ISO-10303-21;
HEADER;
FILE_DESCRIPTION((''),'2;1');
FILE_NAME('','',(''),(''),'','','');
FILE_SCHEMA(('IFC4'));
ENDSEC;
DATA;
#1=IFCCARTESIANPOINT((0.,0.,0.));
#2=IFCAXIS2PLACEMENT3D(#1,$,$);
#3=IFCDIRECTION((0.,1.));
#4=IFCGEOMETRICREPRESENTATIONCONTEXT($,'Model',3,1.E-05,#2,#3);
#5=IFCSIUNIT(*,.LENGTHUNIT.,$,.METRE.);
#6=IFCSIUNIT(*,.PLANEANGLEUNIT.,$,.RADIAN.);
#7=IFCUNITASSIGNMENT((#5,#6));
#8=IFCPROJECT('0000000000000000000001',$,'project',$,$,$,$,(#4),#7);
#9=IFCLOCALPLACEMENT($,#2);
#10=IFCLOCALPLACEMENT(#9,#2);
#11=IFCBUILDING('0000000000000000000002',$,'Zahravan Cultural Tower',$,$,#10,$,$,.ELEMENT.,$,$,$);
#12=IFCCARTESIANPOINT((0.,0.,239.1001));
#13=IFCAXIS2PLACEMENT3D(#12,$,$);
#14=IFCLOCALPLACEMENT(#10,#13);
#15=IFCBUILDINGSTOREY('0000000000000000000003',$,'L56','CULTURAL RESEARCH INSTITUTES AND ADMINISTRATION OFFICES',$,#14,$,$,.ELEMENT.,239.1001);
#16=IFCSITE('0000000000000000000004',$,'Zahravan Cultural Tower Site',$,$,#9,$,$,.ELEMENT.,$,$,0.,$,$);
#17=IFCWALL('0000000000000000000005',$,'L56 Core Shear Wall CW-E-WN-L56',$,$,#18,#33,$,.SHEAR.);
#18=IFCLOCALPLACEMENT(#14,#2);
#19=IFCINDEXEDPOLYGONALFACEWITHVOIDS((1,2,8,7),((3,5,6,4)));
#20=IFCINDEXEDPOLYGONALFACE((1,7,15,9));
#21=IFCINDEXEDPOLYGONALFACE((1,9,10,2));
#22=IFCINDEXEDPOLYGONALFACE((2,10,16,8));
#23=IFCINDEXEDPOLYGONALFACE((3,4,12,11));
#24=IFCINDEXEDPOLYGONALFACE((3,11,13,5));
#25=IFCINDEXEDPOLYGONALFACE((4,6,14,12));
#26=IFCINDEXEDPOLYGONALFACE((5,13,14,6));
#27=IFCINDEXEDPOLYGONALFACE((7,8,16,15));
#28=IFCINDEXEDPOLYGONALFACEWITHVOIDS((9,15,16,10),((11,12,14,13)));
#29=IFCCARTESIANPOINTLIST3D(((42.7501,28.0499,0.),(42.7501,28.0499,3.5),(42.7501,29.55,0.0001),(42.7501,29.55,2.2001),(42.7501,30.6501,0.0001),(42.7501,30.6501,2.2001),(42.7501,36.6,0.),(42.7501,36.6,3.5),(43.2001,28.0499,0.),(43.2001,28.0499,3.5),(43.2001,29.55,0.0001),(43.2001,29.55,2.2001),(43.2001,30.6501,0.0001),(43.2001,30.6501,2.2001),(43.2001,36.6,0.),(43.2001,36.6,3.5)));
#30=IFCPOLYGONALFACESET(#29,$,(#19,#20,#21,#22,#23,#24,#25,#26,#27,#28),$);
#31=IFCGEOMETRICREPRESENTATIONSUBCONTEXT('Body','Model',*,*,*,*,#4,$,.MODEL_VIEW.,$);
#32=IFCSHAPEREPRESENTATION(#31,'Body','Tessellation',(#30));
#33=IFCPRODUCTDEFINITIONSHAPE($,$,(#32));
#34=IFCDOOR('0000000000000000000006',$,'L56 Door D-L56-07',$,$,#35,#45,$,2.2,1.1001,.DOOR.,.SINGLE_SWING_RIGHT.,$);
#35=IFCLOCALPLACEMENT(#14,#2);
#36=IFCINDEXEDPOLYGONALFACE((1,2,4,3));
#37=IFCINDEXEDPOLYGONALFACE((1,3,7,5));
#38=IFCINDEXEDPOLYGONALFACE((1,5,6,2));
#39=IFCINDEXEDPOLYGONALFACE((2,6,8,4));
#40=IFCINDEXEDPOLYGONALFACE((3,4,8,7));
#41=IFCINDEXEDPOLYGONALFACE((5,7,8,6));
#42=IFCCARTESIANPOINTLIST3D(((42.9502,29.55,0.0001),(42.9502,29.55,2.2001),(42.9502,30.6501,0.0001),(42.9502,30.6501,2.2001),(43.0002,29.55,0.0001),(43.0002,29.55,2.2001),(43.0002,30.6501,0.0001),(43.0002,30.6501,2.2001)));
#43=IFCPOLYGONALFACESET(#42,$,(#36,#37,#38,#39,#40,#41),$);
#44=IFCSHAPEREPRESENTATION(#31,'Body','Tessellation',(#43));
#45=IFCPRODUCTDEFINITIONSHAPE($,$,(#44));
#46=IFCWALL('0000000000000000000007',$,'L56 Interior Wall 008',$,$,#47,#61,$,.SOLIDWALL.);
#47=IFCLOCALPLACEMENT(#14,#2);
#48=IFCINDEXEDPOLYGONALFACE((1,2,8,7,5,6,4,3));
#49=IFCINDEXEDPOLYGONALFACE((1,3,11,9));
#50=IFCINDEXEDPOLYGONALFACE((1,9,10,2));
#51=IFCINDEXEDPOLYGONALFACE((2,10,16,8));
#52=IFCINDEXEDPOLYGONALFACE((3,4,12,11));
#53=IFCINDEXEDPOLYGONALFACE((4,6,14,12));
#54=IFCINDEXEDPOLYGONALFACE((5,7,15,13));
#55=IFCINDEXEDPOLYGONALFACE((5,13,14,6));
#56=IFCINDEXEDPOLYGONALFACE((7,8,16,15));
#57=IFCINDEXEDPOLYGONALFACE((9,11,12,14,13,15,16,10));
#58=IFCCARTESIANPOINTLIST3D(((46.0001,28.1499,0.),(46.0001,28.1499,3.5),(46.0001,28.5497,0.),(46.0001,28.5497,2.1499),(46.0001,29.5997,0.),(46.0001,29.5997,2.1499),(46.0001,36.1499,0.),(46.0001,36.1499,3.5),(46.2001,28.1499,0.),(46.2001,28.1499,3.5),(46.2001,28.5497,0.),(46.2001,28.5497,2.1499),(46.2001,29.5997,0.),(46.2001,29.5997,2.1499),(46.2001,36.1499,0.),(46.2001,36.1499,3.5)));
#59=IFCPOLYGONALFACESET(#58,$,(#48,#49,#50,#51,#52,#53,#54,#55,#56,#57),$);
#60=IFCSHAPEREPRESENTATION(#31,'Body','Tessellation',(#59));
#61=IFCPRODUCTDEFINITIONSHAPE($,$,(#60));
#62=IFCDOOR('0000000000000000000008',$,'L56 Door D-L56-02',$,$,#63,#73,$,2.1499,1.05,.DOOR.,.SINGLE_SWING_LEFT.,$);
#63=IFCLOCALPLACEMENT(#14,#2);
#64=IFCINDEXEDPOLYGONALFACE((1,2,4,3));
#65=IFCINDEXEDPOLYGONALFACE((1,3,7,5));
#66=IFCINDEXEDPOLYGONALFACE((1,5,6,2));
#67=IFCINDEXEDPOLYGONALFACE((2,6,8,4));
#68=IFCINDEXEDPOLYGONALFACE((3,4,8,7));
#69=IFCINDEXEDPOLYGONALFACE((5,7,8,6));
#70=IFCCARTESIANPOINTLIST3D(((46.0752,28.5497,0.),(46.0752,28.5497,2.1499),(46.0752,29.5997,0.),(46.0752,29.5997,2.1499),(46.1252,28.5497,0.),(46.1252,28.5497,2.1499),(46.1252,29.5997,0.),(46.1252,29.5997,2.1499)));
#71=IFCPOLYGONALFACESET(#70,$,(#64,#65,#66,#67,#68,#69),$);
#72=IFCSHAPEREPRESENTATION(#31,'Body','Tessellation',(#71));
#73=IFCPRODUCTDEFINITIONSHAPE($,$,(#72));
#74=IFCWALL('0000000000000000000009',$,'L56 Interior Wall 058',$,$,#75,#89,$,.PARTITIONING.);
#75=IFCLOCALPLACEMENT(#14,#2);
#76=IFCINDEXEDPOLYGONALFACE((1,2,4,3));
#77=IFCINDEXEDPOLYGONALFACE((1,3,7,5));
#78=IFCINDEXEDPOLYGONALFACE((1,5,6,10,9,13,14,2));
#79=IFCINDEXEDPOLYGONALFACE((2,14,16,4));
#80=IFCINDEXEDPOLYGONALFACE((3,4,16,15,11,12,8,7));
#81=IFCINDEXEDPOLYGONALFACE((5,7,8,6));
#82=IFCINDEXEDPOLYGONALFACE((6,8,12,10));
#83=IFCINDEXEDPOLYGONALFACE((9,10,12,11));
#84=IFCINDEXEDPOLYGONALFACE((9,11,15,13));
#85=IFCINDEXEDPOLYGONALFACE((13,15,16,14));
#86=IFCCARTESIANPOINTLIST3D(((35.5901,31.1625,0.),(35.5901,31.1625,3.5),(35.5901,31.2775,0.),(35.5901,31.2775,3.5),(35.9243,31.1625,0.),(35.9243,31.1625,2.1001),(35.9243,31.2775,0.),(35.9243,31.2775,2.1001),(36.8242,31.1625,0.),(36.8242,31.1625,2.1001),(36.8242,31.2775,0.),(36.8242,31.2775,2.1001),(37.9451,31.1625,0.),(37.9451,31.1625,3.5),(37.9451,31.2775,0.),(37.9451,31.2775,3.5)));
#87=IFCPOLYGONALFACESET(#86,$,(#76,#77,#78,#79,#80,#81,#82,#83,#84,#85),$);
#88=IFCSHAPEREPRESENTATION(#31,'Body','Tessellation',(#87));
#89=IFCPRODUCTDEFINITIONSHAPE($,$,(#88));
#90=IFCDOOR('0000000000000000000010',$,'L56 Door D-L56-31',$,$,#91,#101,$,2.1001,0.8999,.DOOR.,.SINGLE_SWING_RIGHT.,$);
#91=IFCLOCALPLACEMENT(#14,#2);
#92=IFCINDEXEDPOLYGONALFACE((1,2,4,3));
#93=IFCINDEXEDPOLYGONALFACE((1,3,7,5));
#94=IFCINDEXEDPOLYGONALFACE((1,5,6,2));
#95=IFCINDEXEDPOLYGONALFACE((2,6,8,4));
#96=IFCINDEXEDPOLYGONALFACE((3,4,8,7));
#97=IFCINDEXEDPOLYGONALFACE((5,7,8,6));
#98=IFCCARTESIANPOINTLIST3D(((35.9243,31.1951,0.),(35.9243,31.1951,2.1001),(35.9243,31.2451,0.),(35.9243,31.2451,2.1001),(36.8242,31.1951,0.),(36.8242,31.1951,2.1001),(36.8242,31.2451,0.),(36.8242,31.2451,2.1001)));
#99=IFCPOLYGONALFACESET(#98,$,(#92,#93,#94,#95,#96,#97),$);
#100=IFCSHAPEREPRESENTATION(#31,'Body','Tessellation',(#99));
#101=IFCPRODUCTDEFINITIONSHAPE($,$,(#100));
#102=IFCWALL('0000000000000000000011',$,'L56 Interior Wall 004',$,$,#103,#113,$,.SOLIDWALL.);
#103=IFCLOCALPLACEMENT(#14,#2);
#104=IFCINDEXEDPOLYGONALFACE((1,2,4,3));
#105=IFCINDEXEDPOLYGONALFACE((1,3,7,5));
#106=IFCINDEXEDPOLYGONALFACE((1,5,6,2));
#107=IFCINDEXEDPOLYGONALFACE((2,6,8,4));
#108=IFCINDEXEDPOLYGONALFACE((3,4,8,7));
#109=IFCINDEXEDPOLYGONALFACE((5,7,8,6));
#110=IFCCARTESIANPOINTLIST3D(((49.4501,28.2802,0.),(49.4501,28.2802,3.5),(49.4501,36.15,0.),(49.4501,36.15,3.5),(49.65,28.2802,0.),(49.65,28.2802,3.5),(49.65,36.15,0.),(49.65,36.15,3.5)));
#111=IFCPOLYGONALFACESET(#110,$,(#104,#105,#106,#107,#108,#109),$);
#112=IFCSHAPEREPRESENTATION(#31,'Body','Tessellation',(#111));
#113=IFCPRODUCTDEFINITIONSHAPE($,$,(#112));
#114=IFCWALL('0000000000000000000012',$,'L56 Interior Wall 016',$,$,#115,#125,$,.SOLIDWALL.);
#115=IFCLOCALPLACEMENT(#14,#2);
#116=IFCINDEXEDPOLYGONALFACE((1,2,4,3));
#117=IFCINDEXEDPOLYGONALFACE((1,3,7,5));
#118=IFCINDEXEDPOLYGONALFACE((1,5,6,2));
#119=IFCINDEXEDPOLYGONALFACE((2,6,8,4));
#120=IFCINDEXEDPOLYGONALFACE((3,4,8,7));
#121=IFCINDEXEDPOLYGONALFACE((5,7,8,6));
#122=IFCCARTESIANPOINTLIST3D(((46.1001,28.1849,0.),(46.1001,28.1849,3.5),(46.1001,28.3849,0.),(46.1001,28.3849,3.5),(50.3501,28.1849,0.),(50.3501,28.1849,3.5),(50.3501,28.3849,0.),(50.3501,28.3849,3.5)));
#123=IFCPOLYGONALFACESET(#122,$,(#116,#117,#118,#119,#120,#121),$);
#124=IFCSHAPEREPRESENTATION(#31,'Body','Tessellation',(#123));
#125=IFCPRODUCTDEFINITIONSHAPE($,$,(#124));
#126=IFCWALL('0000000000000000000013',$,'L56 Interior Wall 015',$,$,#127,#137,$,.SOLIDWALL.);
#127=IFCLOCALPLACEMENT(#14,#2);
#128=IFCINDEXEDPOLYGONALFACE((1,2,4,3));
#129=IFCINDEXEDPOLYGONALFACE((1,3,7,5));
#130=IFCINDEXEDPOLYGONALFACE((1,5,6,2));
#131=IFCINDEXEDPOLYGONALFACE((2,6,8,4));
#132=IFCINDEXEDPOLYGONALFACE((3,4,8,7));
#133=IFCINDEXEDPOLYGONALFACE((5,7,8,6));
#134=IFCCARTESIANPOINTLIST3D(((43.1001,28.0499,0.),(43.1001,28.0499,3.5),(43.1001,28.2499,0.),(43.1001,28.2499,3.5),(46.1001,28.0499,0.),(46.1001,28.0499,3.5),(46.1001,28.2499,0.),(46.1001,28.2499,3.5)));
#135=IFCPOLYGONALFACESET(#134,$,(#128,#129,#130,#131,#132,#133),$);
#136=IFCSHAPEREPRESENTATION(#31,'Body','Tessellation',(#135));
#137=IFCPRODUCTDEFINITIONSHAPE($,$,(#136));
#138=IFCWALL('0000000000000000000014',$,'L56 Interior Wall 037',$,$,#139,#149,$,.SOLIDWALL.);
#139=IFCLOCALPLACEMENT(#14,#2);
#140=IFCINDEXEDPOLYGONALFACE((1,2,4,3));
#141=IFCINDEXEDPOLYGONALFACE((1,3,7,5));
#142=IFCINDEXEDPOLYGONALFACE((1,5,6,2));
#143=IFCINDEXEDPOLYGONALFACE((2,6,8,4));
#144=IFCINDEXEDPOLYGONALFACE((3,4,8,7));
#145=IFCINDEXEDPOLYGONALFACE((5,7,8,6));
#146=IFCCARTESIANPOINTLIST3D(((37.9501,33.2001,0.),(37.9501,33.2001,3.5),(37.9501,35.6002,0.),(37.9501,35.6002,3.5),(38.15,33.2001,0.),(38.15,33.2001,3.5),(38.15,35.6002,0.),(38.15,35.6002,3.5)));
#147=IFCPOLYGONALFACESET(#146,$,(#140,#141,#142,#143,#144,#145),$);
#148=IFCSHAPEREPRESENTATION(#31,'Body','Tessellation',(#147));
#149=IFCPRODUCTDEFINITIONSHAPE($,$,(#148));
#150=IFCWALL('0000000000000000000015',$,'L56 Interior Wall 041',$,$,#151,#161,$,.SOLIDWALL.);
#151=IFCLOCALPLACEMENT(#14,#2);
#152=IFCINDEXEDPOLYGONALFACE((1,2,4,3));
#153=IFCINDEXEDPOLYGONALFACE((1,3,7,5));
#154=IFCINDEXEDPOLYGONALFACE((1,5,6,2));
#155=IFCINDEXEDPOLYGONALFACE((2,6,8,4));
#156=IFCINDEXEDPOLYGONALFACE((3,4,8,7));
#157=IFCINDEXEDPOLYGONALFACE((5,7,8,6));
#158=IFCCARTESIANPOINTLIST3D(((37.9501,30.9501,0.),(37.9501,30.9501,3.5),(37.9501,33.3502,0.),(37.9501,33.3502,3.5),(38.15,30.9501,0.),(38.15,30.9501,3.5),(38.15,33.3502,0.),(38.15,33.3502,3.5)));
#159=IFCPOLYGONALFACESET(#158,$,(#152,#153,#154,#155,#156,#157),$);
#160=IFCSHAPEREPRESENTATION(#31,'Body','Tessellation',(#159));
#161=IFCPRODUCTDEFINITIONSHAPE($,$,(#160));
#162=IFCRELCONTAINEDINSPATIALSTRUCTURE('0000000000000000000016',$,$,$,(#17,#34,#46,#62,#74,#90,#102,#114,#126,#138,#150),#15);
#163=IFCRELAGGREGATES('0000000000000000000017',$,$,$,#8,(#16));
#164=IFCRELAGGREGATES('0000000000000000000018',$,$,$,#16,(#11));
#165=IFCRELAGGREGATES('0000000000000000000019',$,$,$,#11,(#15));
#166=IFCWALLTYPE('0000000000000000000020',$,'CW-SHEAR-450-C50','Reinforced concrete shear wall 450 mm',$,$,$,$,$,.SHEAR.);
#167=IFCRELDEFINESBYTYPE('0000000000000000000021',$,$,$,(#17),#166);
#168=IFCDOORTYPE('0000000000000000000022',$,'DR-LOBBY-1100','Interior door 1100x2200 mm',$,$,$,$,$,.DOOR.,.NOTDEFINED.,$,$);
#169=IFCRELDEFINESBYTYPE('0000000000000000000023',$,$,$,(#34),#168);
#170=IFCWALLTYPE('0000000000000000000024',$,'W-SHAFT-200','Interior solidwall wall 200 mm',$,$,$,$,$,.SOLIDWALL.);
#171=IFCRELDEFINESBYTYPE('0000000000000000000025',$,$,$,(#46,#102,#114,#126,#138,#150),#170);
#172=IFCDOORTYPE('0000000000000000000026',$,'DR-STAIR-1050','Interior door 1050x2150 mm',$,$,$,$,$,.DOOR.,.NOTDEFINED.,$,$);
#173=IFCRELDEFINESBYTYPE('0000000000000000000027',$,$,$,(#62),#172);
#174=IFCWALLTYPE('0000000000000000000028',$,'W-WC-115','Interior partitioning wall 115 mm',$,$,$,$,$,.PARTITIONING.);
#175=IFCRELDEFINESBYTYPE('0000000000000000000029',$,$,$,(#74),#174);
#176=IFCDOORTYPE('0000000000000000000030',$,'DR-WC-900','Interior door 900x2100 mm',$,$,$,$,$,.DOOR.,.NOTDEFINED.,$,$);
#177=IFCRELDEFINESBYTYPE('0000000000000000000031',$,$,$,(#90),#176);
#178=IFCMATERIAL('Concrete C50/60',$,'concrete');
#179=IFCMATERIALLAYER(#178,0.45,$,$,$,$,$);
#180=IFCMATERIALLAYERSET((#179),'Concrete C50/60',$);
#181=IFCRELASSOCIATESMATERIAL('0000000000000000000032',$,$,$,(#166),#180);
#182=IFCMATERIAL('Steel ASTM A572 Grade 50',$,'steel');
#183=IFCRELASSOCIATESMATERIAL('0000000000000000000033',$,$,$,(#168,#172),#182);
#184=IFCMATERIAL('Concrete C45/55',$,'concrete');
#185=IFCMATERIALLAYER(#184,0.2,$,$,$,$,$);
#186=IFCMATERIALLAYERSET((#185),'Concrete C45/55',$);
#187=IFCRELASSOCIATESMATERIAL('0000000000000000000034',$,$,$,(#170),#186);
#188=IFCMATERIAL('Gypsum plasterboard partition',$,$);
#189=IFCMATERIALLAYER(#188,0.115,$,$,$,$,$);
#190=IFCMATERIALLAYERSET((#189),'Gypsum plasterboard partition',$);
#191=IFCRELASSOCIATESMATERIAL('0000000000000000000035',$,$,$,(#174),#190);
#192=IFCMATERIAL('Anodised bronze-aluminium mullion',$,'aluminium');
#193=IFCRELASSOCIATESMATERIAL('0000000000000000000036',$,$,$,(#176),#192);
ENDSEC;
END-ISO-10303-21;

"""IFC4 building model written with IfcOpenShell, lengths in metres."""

from ifc_helpers import new_model, si_unit, direction, frame, frame_2d, origin, place, context, subcontext, project, spatial, rectangle, extrude, source, transform, mapped, material, layer, layer_set, type_object, element, fill, save


model = new_model("IFC4")

# Units and contexts
model_context = context("Model", 3, precision=1e-05, world=origin(), true_north=direction((0.0, 1.0)))
body_context = subcontext(model_context, "Body", "Model", "MODEL_VIEW")
ifc_project = project(units=[si_unit("LENGTHUNIT", "METRE"), si_unit("PLANEANGLEUNIT", "RADIAN")], contexts=[model_context])

# Site, building, storey
site_placement = place(None, origin())
site = spatial("IfcSite", under=ifc_project, at=site_placement, Name="Zahravan Cultural Tower Site", CompositionType="ELEMENT", RefElevation=0.0)
building_placement = place(site_placement, origin())
building = spatial("IfcBuilding", under=site, at=building_placement, Name="Zahravan Cultural Tower", CompositionType="ELEMENT")
storey_placement = place(building_placement, frame((0.0, 0.0, 239.1001)))
storey = spatial("IfcBuildingStorey", under=building, at=storey_placement, Name="L56", Description="CULTURAL RESEARCH INSTITUTES AND ADMINISTRATION OFFICES", CompositionType="ELEMENT", Elevation=239.1001)

# Walls, openings, doors
ifc_material_1 = material(Name="Concrete C50/60", Category="concrete")
ifc_layer_1 = layer(ifc_material_1, 0.45)
ifc_layer_set_1 = layer_set([ifc_layer_1], Name="Concrete C50/60")
wall_type_1 = type_object("IfcWallType", Name="CW-SHEAR-450-C50", Description="Reinforced concrete shear wall 450 mm", PredefinedType="SHEAR", material=ifc_layer_set_1)
wall_1_placement = place(storey_placement, frame((42.9751, 28.05, 0.0), z_axis=(0.0, 0.0, 1.0), x_axis=(0.0, 1.0, 0.0)))
wall_1 = element("IfcWall", 1, at=wall_1_placement, inside=storey, type_object=wall_type_1, Name="L56 Core Shear Wall CW-E-WN-L56", PredefinedType="SHEAR", context=body_context, shape_type="SweptSolid", body=[
    extrude(rectangle(XDim=8.55, YDim=0.45, at=frame_2d((4.2749, 0.0))), origin(), (0.0, 0.0, 1.0), 3.5),
])
opening_1_placement = place(wall_1_placement, frame((1.5, 0.0, 0.0)))
opening_1 = element("IfcOpeningElement", 2, at=opening_1_placement, cuts=wall_1, PredefinedType="OPENING", context=body_context, shape_type="SweptSolid", body=[
    extrude(rectangle(XDim=1.1001, YDim=2.2, at=frame_2d((0.55, 1.1001))), frame((0.0, 0.2349, 0.0), z_axis=(0.0, -1.0, 0.0), x_axis=(1.0, 0.0, 0.0)), (0.0, 0.0, 1.0), 0.47),
])
ifc_material_2 = material(Name="Steel ASTM A572 Grade 50", Category="steel")
door_type_1 = type_object("IfcDoorType", Name="DR-LOBBY-1100", Description="Interior door 1100x2200 mm", OperationType="NOTDEFINED", PredefinedType="DOOR", material=ifc_material_2)
shared_shape_1 = source(origin(), body_context, "Body", "SweptSolid", [
    extrude(rectangle(XDim=1.1001, YDim=2.2, at=frame_2d((0.55, 1.1001))), frame((0.0, 0.0249, 0.0), z_axis=(0.0, -1.0, 0.0), x_axis=(1.0, 0.0, 0.0)), (0.0, 0.0, 1.0), 0.05),
])
door_1_placement = place(opening_1_placement, origin())
door_1 = element("IfcDoor", 3, at=door_1_placement, inside=storey, type_object=door_type_1, Name="L56 Door D-L56-07", OperationType="SINGLE_SWING_RIGHT", OverallHeight=2.2, OverallWidth=1.1001, PredefinedType="DOOR", context=body_context, shape_type="MappedRepresentation", body=[
    mapped(shared_shape_1, transform((0.0, 0.0, 0.0), x_axis=(1.0, 0.0, 0.0), y_axis=(0.0, 1.0, 0.0), z_axis=(0.0, 0.0, 1.0), scale=1.0)),
])
fill(opening_1, door_1)
ifc_material_3 = material(Name="Concrete C45/55", Category="concrete")
ifc_layer_2 = layer(ifc_material_3, 0.2)
ifc_layer_set_2 = layer_set([ifc_layer_2], Name="Concrete C45/55")
wall_type_2 = type_object("IfcWallType", Name="W-SHAFT-200", Description="Interior solidwall wall 200 mm", PredefinedType="SOLIDWALL", material=ifc_layer_set_2)
wall_2_placement = place(storey_placement, frame((46.1001, 28.1499, 0.0), z_axis=(0.0, 0.0, 1.0), x_axis=(0.0, 1.0, 0.0)))
wall_2 = element("IfcWall", 4, at=wall_2_placement, inside=storey, type_object=wall_type_2, Name="L56 Interior Wall 008", PredefinedType="SOLIDWALL", context=body_context, shape_type="SweptSolid", body=[
    extrude(rectangle(XDim=8.0, YDim=0.2, at=frame_2d((4.0, 0.0))), origin(), (0.0, 0.0, 1.0), 3.5),
])
opening_2_placement = place(wall_2_placement, frame((0.3999, 0.0, 0.0)))
opening_2 = element("IfcOpeningElement", 5, at=opening_2_placement, cuts=wall_2, PredefinedType="OPENING", context=body_context, shape_type="SweptSolid", body=[
    extrude(rectangle(XDim=1.05, YDim=2.1499, at=frame_2d((0.5249, 1.075))), frame((0.0, 0.1099, 0.0), z_axis=(0.0, -1.0, 0.0), x_axis=(1.0, 0.0, 0.0)), (0.0, 0.0, 1.0), 0.22),
])
door_type_2 = type_object("IfcDoorType", Name="DR-STAIR-1050", Description="Interior door 1050x2150 mm", OperationType="NOTDEFINED", PredefinedType="DOOR", material=ifc_material_2)
shared_shape_2 = source(origin(), body_context, "Body", "SweptSolid", [
    extrude(rectangle(XDim=1.05, YDim=2.1499, at=frame_2d((0.5249, 1.075))), frame((0.0, 0.0249, 0.0), z_axis=(0.0, -1.0, 0.0), x_axis=(1.0, 0.0, 0.0)), (0.0, 0.0, 1.0), 0.05),
])
door_2_placement = place(opening_2_placement, origin())
door_2 = element("IfcDoor", 6, at=door_2_placement, inside=storey, type_object=door_type_2, Name="L56 Door D-L56-02", OperationType="SINGLE_SWING_LEFT", OverallHeight=2.1499, OverallWidth=1.05, PredefinedType="DOOR", context=body_context, shape_type="MappedRepresentation", body=[
    mapped(shared_shape_2, transform((0.0, 0.0, 0.0), x_axis=(1.0, 0.0, 0.0), y_axis=(0.0, 1.0, 0.0), z_axis=(0.0, 0.0, 1.0), scale=1.0)),
])
fill(opening_2, door_2)
ifc_material_4 = material(Name="Gypsum plasterboard partition")
ifc_layer_3 = layer(ifc_material_4, 0.115)
ifc_layer_set_3 = layer_set([ifc_layer_3], Name="Gypsum plasterboard partition")
wall_type_3 = type_object("IfcWallType", Name="W-WC-115", Description="Interior partitioning wall 115 mm", PredefinedType="PARTITIONING", material=ifc_layer_set_3)
wall_3_placement = place(storey_placement, frame((37.9451, 31.22, 0.0), z_axis=(0.0, 0.0, 1.0), x_axis=(-1.0, 0.0, 0.0)))
wall_3 = element("IfcWall", 7, at=wall_3_placement, inside=storey, type_object=wall_type_3, Name="L56 Interior Wall 058", PredefinedType="PARTITIONING", context=body_context, shape_type="SweptSolid", body=[
    extrude(rectangle(XDim=2.355, YDim=0.115, at=frame_2d((1.1775, 0.0))), origin(), (0.0, 0.0, 1.0), 3.5),
])
opening_3_placement = place(wall_3_placement, frame((1.1208, 0.0, 0.0)))
opening_3 = element("IfcOpeningElement", 8, at=opening_3_placement, cuts=wall_3, PredefinedType="OPENING", context=body_context, shape_type="SweptSolid", body=[
    extrude(rectangle(XDim=0.8999, YDim=2.1001, at=frame_2d((0.45, 1.05))), frame((0.0, 0.0674, 0.0), z_axis=(0.0, -1.0, 0.0), x_axis=(1.0, 0.0, 0.0)), (0.0, 0.0, 1.0), 0.135),
])
ifc_material_5 = material(Name="Anodised bronze-aluminium mullion", Category="aluminium")
door_type_3 = type_object("IfcDoorType", Name="DR-WC-900", Description="Interior door 900x2100 mm", OperationType="NOTDEFINED", PredefinedType="DOOR", material=ifc_material_5)
shared_shape_3 = source(origin(), body_context, "Body", "SweptSolid", [
    extrude(rectangle(XDim=0.8999, YDim=2.1001, at=frame_2d((0.45, 1.05))), frame((0.0, 0.0249, 0.0), z_axis=(0.0, -1.0, 0.0), x_axis=(1.0, 0.0, 0.0)), (0.0, 0.0, 1.0), 0.05),
])
door_3_placement = place(opening_3_placement, origin())
door_3 = element("IfcDoor", 9, at=door_3_placement, inside=storey, type_object=door_type_3, Name="L56 Door D-L56-31", OperationType="SINGLE_SWING_RIGHT", OverallHeight=2.1001, OverallWidth=0.8999, PredefinedType="DOOR", context=body_context, shape_type="MappedRepresentation", body=[
    mapped(shared_shape_3, transform((0.0, 0.0, 0.0), x_axis=(1.0, 0.0, 0.0), y_axis=(0.0, 1.0, 0.0), z_axis=(0.0, 0.0, 1.0), scale=1.0)),
])
fill(opening_3, door_3)

# Walls
shared_shape_4 = source(origin(), body_context, "Body", "SweptSolid", [
    extrude(rectangle(XDim=7.8699, YDim=0.2, at=frame_2d((3.9351, 0.0))), origin(), (0.0, 0.0, 1.0), 3.5),
])
wall_4_placement = place(storey_placement, frame((49.55, 28.28, 0.0), z_axis=(0.0, 0.0, 1.0), x_axis=(0.0, 1.0, 0.0)))
element("IfcWall", 10, at=wall_4_placement, inside=storey, type_object=wall_type_2, Name="L56 Interior Wall 004", PredefinedType="SOLIDWALL", context=body_context, shape_type="MappedRepresentation", body=[
    mapped(shared_shape_4, transform((0.0, 0.0, 0.0), x_axis=(1.0, 0.0, 0.0), y_axis=(0.0, 1.0, 0.0), z_axis=(0.0, 0.0, 1.0), scale=1.0)),
])
shared_shape_5 = source(origin(), body_context, "Body", "SweptSolid", [
    extrude(rectangle(XDim=4.25, YDim=0.2, at=frame_2d((2.125, 0.0))), origin(), (0.0, 0.0, 1.0), 3.5),
])
wall_5_placement = place(storey_placement, frame((46.1001, 28.2849, 0.0), z_axis=(0.0, 0.0, 1.0), x_axis=(1.0, 0.0, 0.0)))
element("IfcWall", 11, at=wall_5_placement, inside=storey, type_object=wall_type_2, Name="L56 Interior Wall 016", PredefinedType="SOLIDWALL", context=body_context, shape_type="MappedRepresentation", body=[
    mapped(shared_shape_5, transform((0.0, 0.0, 0.0), x_axis=(1.0, 0.0, 0.0), y_axis=(0.0, 1.0, 0.0), z_axis=(0.0, 0.0, 1.0), scale=1.0)),
])
shared_shape_6 = source(origin(), body_context, "Body", "SweptSolid", [
    extrude(rectangle(XDim=3.0, YDim=0.2, at=frame_2d((1.5, 0.0))), origin(), (0.0, 0.0, 1.0), 3.5),
])
wall_6_placement = place(storey_placement, frame((43.1001, 28.1499, 0.0), z_axis=(0.0, 0.0, 1.0), x_axis=(1.0, 0.0, 0.0)))
element("IfcWall", 12, at=wall_6_placement, inside=storey, type_object=wall_type_2, Name="L56 Interior Wall 015", PredefinedType="SOLIDWALL", context=body_context, shape_type="MappedRepresentation", body=[
    mapped(shared_shape_6, transform((0.0, 0.0, 0.0), x_axis=(1.0, 0.0, 0.0), y_axis=(0.0, 1.0, 0.0), z_axis=(0.0, 0.0, 1.0), scale=1.0)),
])
shared_shape_7 = source(origin(), body_context, "Body", "SweptSolid", [
    extrude(rectangle(XDim=2.4001, YDim=0.2, at=frame_2d((1.2002, 0.0))), origin(), (0.0, 0.0, 1.0), 3.5),
])
for number, where, z_axis, x_axis, name in (
    (13, (38.05, 33.2, 0.0), (0.0, 0.0, 1.0), (0.0, 1.0, 0.0), "L56 Interior Wall 037"),
    (14, (38.05, 30.95, 0.0), (0.0, 0.0, 1.0), (0.0, 1.0, 0.0), "L56 Interior Wall 041"),
):
    element("IfcWall", number, at=place(storey_placement, frame(where, z_axis=z_axis, x_axis=x_axis)), inside=storey, type_object=wall_type_2, Name=name, PredefinedType="SOLIDWALL", context=body_context, shape_type="MappedRepresentation", body=[
        mapped(shared_shape_7, transform((0.0, 0.0, 0.0), x_axis=(1.0, 0.0, 0.0), y_axis=(0.0, 1.0, 0.0), z_axis=(0.0, 0.0, 1.0), scale=1.0)),
    ])

save(model, "model.ifc")
